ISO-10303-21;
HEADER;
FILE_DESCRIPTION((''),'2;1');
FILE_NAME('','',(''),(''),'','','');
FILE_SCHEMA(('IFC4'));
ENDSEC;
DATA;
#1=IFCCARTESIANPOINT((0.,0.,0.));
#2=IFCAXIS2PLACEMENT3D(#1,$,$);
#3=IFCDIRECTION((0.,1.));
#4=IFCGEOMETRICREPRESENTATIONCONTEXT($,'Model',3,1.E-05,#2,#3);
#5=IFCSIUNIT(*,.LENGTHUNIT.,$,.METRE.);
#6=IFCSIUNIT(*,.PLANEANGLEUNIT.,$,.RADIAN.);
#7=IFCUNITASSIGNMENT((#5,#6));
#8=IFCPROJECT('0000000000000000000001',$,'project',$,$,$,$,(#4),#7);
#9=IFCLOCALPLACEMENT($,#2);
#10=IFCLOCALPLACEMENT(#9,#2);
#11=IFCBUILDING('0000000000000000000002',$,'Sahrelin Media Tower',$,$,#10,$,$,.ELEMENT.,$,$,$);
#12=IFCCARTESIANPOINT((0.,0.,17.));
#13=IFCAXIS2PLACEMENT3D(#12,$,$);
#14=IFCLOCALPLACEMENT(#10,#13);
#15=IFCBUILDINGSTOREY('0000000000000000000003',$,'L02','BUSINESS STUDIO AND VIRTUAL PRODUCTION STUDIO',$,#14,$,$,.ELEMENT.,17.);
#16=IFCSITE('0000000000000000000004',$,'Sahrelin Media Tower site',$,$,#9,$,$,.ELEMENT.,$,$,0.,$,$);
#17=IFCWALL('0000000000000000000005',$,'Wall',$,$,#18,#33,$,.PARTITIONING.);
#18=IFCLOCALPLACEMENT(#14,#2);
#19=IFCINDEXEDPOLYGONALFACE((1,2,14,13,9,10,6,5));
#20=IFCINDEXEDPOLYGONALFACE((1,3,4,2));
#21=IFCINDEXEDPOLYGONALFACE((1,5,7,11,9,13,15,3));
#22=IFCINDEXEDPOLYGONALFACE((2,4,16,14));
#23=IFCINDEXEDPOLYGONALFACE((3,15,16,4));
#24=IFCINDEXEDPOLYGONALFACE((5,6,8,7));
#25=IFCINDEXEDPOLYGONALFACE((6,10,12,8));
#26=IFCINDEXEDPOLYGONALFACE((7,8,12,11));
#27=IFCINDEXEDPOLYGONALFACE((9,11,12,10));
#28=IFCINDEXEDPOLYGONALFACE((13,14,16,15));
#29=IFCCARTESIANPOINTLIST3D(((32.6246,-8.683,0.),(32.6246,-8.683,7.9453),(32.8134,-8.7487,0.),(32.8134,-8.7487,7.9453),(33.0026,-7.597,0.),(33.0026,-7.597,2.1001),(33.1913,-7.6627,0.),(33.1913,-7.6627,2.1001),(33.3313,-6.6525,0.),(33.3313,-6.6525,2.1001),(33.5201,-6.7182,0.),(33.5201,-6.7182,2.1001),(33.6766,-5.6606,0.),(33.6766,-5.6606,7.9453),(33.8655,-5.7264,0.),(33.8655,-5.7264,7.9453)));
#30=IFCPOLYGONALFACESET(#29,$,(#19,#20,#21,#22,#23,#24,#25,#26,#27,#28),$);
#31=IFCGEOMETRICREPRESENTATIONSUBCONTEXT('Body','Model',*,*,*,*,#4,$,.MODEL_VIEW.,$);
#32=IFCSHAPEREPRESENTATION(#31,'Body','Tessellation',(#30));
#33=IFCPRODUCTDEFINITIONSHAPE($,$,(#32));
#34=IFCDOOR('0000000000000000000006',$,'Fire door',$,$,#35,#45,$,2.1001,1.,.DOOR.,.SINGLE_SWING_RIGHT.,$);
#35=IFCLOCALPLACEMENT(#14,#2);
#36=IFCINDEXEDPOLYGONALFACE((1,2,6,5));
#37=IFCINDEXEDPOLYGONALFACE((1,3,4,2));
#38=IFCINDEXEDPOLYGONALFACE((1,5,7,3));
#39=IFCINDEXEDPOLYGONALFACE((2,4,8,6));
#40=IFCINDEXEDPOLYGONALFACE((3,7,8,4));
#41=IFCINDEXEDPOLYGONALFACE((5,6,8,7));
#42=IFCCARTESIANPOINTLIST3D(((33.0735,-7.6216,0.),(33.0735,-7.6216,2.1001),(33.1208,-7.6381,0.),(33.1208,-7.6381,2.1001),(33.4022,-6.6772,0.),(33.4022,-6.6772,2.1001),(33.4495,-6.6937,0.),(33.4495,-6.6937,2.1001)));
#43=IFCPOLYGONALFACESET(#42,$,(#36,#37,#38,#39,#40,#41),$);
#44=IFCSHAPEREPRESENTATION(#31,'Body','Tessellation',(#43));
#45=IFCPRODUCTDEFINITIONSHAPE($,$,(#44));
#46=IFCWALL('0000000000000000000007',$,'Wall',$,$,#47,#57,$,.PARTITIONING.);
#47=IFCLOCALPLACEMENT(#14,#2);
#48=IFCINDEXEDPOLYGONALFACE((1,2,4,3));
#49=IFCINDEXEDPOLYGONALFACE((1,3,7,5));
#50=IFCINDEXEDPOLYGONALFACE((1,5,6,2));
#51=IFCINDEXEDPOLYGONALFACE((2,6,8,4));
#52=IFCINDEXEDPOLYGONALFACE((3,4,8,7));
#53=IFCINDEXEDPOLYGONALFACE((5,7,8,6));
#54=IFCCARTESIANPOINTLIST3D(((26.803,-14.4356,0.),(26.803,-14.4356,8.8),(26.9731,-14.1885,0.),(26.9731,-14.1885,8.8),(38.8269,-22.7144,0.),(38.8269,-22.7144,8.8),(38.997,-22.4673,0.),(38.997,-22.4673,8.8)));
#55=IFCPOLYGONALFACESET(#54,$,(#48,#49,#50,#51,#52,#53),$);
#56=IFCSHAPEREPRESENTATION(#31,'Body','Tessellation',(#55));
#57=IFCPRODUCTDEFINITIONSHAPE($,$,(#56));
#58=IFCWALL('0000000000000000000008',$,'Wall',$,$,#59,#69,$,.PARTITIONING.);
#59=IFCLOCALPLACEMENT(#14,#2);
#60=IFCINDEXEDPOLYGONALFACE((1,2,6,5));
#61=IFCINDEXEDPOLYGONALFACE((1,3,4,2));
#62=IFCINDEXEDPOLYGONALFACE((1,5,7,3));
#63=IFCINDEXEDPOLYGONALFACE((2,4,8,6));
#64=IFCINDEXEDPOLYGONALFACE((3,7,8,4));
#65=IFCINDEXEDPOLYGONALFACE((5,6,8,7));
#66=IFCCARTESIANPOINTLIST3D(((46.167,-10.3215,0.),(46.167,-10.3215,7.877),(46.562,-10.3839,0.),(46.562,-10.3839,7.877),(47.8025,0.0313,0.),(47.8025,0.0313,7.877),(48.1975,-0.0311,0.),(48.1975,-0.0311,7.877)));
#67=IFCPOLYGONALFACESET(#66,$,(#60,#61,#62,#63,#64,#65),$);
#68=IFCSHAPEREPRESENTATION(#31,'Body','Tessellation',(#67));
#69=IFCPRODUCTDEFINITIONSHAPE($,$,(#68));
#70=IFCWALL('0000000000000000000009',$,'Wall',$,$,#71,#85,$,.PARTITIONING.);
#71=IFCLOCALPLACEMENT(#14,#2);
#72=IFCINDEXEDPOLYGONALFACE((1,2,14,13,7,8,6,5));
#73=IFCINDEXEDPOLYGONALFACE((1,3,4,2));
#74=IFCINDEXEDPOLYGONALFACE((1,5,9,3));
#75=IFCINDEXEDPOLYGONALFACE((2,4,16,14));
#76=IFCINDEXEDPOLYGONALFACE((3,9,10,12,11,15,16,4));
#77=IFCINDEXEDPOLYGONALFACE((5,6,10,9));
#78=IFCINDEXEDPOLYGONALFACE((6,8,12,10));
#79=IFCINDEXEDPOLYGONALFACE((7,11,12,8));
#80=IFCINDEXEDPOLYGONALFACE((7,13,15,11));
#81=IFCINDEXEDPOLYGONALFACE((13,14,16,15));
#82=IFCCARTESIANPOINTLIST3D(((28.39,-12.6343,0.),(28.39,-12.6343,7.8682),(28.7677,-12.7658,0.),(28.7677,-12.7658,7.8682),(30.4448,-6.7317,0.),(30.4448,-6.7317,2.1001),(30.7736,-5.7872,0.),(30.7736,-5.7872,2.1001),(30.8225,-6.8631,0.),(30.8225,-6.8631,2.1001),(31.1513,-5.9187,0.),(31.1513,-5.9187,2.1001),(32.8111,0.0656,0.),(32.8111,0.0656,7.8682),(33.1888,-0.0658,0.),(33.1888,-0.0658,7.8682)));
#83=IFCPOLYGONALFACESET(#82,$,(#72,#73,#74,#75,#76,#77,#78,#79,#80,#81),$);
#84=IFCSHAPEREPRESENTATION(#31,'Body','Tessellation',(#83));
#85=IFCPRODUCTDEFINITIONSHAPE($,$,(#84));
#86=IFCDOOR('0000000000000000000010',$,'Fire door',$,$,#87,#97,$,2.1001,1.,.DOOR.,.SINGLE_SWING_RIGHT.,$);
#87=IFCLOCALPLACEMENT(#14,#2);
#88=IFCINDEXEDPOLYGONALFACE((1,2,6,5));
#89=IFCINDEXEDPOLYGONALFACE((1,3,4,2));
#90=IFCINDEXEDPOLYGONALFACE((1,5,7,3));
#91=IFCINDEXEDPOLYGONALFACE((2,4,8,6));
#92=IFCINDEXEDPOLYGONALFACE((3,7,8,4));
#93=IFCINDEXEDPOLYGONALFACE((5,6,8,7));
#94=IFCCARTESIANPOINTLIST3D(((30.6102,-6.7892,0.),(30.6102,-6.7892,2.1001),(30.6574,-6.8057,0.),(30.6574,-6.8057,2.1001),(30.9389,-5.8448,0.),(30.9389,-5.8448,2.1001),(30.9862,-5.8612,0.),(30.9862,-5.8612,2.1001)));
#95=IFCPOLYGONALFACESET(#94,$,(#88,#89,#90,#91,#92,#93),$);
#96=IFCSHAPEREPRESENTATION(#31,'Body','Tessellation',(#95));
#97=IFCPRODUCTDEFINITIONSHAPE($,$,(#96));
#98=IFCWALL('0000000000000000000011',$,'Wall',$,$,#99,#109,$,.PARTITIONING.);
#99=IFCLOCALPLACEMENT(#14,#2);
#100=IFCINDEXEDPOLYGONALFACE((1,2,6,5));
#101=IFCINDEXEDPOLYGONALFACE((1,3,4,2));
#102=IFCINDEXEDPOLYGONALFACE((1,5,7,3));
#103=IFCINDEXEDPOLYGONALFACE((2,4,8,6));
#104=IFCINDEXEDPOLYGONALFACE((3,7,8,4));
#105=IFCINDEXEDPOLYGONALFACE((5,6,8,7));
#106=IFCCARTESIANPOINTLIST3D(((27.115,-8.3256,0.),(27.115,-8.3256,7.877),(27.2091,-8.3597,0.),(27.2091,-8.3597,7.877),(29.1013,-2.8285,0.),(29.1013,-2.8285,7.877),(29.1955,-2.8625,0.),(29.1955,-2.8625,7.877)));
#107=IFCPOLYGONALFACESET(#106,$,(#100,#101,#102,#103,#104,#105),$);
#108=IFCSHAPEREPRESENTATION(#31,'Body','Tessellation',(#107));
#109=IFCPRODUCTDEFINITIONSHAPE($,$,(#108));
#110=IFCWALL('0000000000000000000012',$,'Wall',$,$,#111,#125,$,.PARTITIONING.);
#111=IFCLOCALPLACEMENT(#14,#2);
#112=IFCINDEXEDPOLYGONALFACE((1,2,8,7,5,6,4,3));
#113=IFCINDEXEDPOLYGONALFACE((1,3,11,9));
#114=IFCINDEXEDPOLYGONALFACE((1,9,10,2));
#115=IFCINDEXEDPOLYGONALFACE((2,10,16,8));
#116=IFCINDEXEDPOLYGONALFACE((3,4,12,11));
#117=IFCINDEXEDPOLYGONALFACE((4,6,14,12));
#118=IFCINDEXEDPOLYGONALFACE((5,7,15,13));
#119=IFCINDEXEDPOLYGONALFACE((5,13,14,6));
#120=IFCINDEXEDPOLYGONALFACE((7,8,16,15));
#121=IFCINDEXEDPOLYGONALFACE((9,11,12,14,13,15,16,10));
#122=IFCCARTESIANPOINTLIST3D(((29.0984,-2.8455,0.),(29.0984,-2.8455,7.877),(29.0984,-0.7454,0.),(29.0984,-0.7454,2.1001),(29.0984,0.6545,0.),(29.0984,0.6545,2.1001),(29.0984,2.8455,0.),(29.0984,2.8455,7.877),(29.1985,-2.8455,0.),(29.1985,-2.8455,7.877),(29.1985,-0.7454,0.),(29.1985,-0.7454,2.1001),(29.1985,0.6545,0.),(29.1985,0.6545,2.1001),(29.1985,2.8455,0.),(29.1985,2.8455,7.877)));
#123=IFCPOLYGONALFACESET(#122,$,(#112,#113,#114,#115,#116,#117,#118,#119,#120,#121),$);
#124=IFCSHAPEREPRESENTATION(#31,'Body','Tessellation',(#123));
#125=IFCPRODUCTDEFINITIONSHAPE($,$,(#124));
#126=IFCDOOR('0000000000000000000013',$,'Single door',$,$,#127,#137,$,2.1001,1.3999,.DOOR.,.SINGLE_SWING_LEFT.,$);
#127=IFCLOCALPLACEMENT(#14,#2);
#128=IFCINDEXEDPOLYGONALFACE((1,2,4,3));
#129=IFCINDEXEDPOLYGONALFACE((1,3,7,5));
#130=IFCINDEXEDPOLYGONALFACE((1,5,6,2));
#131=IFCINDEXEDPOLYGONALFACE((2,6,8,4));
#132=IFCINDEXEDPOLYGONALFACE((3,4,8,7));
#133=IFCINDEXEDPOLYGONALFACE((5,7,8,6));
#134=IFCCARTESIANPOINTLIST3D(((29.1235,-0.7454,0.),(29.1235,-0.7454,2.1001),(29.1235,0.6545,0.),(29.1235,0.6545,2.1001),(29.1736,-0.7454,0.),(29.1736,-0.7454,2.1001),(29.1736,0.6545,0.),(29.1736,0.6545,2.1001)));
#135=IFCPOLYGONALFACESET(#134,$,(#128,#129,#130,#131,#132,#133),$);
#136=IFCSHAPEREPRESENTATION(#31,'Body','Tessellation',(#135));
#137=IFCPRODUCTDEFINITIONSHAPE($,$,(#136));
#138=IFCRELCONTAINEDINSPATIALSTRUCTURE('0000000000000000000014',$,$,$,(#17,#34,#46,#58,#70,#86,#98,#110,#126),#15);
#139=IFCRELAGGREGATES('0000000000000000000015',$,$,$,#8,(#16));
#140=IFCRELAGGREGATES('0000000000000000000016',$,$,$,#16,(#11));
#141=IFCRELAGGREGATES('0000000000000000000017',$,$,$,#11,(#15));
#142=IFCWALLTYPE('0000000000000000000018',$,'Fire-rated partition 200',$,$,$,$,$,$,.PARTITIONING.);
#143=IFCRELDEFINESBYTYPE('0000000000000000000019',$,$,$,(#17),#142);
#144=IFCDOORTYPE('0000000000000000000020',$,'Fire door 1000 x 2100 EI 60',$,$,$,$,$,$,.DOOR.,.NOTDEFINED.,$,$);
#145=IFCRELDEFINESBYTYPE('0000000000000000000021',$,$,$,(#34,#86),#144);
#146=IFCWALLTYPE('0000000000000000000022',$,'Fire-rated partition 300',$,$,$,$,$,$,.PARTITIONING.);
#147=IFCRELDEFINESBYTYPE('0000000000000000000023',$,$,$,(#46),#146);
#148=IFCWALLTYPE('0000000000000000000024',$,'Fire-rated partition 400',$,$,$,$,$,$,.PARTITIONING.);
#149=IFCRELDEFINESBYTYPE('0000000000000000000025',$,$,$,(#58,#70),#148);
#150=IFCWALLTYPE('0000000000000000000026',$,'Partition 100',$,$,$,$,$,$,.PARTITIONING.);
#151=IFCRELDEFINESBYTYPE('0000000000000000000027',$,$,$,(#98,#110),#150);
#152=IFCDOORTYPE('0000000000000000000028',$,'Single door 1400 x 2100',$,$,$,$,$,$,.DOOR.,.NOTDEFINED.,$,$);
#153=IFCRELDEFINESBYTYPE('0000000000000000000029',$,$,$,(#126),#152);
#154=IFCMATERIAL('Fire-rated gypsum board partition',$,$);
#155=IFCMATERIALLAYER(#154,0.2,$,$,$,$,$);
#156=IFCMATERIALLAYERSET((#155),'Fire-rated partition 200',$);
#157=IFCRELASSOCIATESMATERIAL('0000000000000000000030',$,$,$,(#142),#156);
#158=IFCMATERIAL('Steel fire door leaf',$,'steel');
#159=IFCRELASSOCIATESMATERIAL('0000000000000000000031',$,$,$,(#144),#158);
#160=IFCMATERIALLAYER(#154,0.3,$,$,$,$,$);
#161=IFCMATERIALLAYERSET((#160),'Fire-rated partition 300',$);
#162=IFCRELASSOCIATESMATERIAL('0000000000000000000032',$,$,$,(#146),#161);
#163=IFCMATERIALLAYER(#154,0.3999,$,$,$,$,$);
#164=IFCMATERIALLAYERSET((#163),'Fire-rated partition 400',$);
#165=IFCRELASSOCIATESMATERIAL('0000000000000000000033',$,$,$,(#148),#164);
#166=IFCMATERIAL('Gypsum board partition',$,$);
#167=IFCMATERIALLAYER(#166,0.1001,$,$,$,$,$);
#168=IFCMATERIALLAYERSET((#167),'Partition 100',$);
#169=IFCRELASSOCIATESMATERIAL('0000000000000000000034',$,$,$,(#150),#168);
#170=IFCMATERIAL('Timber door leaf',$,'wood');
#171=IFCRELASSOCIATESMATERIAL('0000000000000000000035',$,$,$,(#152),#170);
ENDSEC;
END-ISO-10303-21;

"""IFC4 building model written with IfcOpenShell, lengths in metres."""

from ifc_helpers import new_model, si_unit, direction, frame, frame_2d, origin, place, context, subcontext, project, spatial, rectangle, extrude, material, layer, layer_set, type_object, element, fill, save


model = new_model("IFC4")

# Units and contexts
model_context = context("Model", 3, precision=1e-05, world=origin(), true_north=direction((0.0, 1.0)))
body_context = subcontext(model_context, "Body", "Model", "MODEL_VIEW")
ifc_project = project(units=[si_unit("LENGTHUNIT", "METRE"), si_unit("PLANEANGLEUNIT", "RADIAN")], contexts=[model_context])

# Site, building, storey
site_placement = place(None, origin())
site = spatial("IfcSite", under=ifc_project, at=site_placement, Name="Sahrelin Media Tower site", CompositionType="ELEMENT", RefElevation=0.0)
building_placement = place(site_placement, origin())
building = spatial("IfcBuilding", under=site, at=building_placement, Name="Sahrelin Media Tower", CompositionType="ELEMENT")
storey_placement = place(building_placement, frame((0.0, 0.0, 17.0)))
storey = spatial("IfcBuildingStorey", under=building, at=storey_placement, Name="L02", Description="BUSINESS STUDIO AND VIRTUAL PRODUCTION STUDIO", CompositionType="ELEMENT", Elevation=17.0)

# Shared definitions
ifc_material_1 = material(Name="Fire-rated gypsum board partition")
ifc_layer_1 = layer(ifc_material_1, 0.2)
ifc_layer_set_1 = layer_set([ifc_layer_1], Name="Fire-rated partition 200")
wall_type_1 = type_object("IfcWallType", Name="Fire-rated partition 200", PredefinedType="PARTITIONING", material=ifc_layer_set_1)

# Wall, opening, door
wall_1_placement = place(storey_placement, frame((32.719, -8.7158, 0.0), z_axis=(0.0, 0.0, 1.0), x_axis=(0.328743, 0.94442, 0.0)))
wall_1 = element("IfcWall", 1, at=wall_1_placement, inside=storey, type_object=wall_type_1, Name="Wall", PredefinedType="PARTITIONING", context=body_context, shape_type="SweptSolid", body=[
    extrude(rectangle(XDim=3.2002, YDim=0.2, at=frame_2d((1.6001, 0.0))), origin(), (0.0, 0.0, 1.0), 7.9453),
])
opening_1_placement = place(wall_1_placement, frame((1.1499, 0.0, 0.0)))
opening_1 = element("IfcOpeningElement", 2, at=opening_1_placement, cuts=wall_1, PredefinedType="OPENING", context=body_context, shape_type="SweptSolid", body=[
    extrude(rectangle(XDim=1.0, YDim=2.1001, at=frame_2d((0.5, 1.05))), frame((0.0, 0.1001, 0.0), z_axis=(0.0, -1.0, 0.0), x_axis=(1.0, 0.0, 0.0)), (0.0, 0.0, 1.0), 0.2),
])
ifc_material_2 = material(Name="Steel fire door leaf", Category="steel")
door_type_1 = type_object("IfcDoorType", Name="Fire door 1000 x 2100 EI 60", OperationType="NOTDEFINED", PredefinedType="DOOR", material=ifc_material_2)
door_1_placement = place(opening_1_placement, origin())
door_1 = element("IfcDoor", 3, at=door_1_placement, inside=storey, type_object=door_type_1, Name="Fire door", OperationType="SINGLE_SWING_RIGHT", OverallHeight=2.1001, OverallWidth=1.0, PredefinedType="DOOR", context=body_context, shape_type="SweptSolid", body=[
    extrude(rectangle(XDim=1.0, YDim=2.1001, at=frame_2d((0.5, 1.05))), frame((0.0, 0.0249, 0.0), z_axis=(0.0, -1.0, 0.0), x_axis=(1.0, 0.0, 0.0)), (0.0, 0.0, 1.0), 0.05),
])
fill(opening_1, door_1)

# Walls
ifc_layer_2 = layer(ifc_material_1, 0.3)
ifc_layer_set_2 = layer_set([ifc_layer_2], Name="Fire-rated partition 300")
wall_type_2 = type_object("IfcWallType", Name="Fire-rated partition 300", PredefinedType="PARTITIONING", material=ifc_layer_set_2)
wall_2_placement = place(storey_placement, frame((26.8879, -14.312, 0.0), z_axis=(0.0, 0.0, 1.0), x_axis=(0.823646, -0.567104, 0.0)))
element("IfcWall", 4, at=wall_2_placement, inside=storey, type_object=wall_type_2, Name="Wall", PredefinedType="PARTITIONING", context=body_context, shape_type="SweptSolid", body=[
    extrude(rectangle(XDim=14.5984, YDim=0.3, at=frame_2d((7.2993, 0.0))), origin(), (0.0, 0.0, 1.0), 8.8),
])
ifc_layer_3 = layer(ifc_material_1, 0.3999)
ifc_layer_set_3 = layer_set([ifc_layer_3], Name="Fire-rated partition 400")
wall_type_3 = type_object("IfcWallType", Name="Fire-rated partition 400", PredefinedType="PARTITIONING", material=ifc_layer_set_3)
wall_3_placement = place(storey_placement, frame((46.3645, -10.3528, 0.0), z_axis=(0.0, 0.0, 1.0), x_axis=(0.156042, 0.98775, 0.0)))
element("IfcWall", 5, at=wall_3_placement, inside=storey, type_object=wall_type_3, Name="Wall", PredefinedType="PARTITIONING", context=body_context, shape_type="SweptSolid", body=[
    extrude(rectangle(XDim=10.4812, YDim=0.3999, at=frame_2d((5.2407, 0.0))), origin(), (0.0, 0.0, 1.0), 7.877),
])

# Wall, opening, door
wall_4_placement = place(storey_placement, frame((28.5789, -12.7, 0.0), z_axis=(0.0, 0.0, 1.0), x_axis=(0.328771, 0.94441, 0.0)))
wall_4 = element("IfcWall", 6, at=wall_4_placement, inside=storey, type_object=wall_type_3, Name="Wall", PredefinedType="PARTITIONING", context=body_context, shape_type="SweptSolid", body=[
    extrude(rectangle(XDim=13.4475, YDim=0.3999, at=frame_2d((6.7236, 0.0))), origin(), (0.0, 0.0, 1.0), 7.8682),
])
opening_2_placement = place(wall_4_placement, frame((6.25, 0.0, 0.0)))
opening_2 = element("IfcOpeningElement", 7, at=opening_2_placement, cuts=wall_4, PredefinedType="OPENING", context=body_context, shape_type="SweptSolid", body=[
    extrude(rectangle(XDim=1.0, YDim=2.1001, at=frame_2d((0.5, 1.05))), frame((0.0, 0.2, 0.0), z_axis=(0.0, -1.0, 0.0), x_axis=(1.0, 0.0, 0.0)), (0.0, 0.0, 1.0), 0.3999),
])
door_2_placement = place(opening_2_placement, origin())
door_2 = element("IfcDoor", 8, at=door_2_placement, inside=storey, type_object=door_type_1, Name="Fire door", OperationType="SINGLE_SWING_RIGHT", OverallHeight=2.1001, OverallWidth=1.0, PredefinedType="DOOR", context=body_context, shape_type="SweptSolid", body=[
    extrude(rectangle(XDim=1.0, YDim=2.1001, at=frame_2d((0.5, 1.05))), frame((0.0, 0.0249, 0.0), z_axis=(0.0, -1.0, 0.0), x_axis=(1.0, 0.0, 0.0)), (0.0, 0.0, 1.0), 0.05),
])
fill(opening_2, door_2)

# Wall
ifc_material_3 = material(Name="Gypsum board partition")
ifc_layer_4 = layer(ifc_material_3, 0.1001)
ifc_layer_set_4 = layer_set([ifc_layer_4], Name="Partition 100")
wall_type_4 = type_object("IfcWallType", Name="Partition 100", PredefinedType="PARTITIONING", material=ifc_layer_set_4)
wall_5_placement = place(storey_placement, frame((27.1621, -8.3425, 0.0), z_axis=(0.0, 0.0, 1.0), x_axis=(0.339837, 0.940484, 0.0)))
element("IfcWall", 9, at=wall_5_placement, inside=storey, type_object=wall_type_4, Name="Wall", PredefinedType="PARTITIONING", context=body_context, shape_type="SweptSolid", body=[
    extrude(rectangle(XDim=5.845, YDim=0.1001, at=frame_2d((2.9224, 0.0))), origin(), (0.0, 0.0, 1.0), 7.877),
])

# Wall, opening, door
wall_6_placement = place(storey_placement, frame((29.1484, -2.8455, 0.0), z_axis=(0.0, 0.0, 1.0), x_axis=(0.0, 1.0, 0.0)))
wall_6 = element("IfcWall", 10, at=wall_6_placement, inside=storey, type_object=wall_type_4, Name="Wall", PredefinedType="PARTITIONING", context=body_context, shape_type="SweptSolid", body=[
    extrude(rectangle(XDim=5.6909, YDim=0.1001, at=frame_2d((2.8455, 0.0))), origin(), (0.0, 0.0, 1.0), 7.877),
])
opening_3_placement = place(wall_6_placement, frame((2.1001, 0.0, 0.0)))
opening_3 = element("IfcOpeningElement", 11, at=opening_3_placement, cuts=wall_6, PredefinedType="OPENING", context=body_context, shape_type="SweptSolid", body=[
    extrude(rectangle(XDim=1.3999, YDim=2.1001, at=frame_2d((0.7, 1.05))), frame((0.0, 0.05, 0.0), z_axis=(0.0, -1.0, 0.0), x_axis=(1.0, 0.0, 0.0)), (0.0, 0.0, 1.0), 0.1001),
])
ifc_material_4 = material(Name="Timber door leaf", Category="wood")
door_type_2 = type_object("IfcDoorType", Name="Single door 1400 x 2100", OperationType="NOTDEFINED", PredefinedType="DOOR", material=ifc_material_4)
door_3_placement = place(opening_3_placement, origin())
door_3 = element("IfcDoor", 12, at=door_3_placement, inside=storey, type_object=door_type_2, Name="Single door", OperationType="SINGLE_SWING_LEFT", OverallHeight=2.1001, OverallWidth=1.3999, PredefinedType="DOOR", context=body_context, shape_type="SweptSolid", body=[
    extrude(rectangle(XDim=1.3999, YDim=2.1001, at=frame_2d((0.7, 1.05))), frame((0.0, 0.0249, 0.0), z_axis=(0.0, -1.0, 0.0), x_axis=(1.0, 0.0, 0.0)), (0.0, 0.0, 1.0), 0.05),
])
fill(opening_3, door_3)

save(model, "model.ifc")
